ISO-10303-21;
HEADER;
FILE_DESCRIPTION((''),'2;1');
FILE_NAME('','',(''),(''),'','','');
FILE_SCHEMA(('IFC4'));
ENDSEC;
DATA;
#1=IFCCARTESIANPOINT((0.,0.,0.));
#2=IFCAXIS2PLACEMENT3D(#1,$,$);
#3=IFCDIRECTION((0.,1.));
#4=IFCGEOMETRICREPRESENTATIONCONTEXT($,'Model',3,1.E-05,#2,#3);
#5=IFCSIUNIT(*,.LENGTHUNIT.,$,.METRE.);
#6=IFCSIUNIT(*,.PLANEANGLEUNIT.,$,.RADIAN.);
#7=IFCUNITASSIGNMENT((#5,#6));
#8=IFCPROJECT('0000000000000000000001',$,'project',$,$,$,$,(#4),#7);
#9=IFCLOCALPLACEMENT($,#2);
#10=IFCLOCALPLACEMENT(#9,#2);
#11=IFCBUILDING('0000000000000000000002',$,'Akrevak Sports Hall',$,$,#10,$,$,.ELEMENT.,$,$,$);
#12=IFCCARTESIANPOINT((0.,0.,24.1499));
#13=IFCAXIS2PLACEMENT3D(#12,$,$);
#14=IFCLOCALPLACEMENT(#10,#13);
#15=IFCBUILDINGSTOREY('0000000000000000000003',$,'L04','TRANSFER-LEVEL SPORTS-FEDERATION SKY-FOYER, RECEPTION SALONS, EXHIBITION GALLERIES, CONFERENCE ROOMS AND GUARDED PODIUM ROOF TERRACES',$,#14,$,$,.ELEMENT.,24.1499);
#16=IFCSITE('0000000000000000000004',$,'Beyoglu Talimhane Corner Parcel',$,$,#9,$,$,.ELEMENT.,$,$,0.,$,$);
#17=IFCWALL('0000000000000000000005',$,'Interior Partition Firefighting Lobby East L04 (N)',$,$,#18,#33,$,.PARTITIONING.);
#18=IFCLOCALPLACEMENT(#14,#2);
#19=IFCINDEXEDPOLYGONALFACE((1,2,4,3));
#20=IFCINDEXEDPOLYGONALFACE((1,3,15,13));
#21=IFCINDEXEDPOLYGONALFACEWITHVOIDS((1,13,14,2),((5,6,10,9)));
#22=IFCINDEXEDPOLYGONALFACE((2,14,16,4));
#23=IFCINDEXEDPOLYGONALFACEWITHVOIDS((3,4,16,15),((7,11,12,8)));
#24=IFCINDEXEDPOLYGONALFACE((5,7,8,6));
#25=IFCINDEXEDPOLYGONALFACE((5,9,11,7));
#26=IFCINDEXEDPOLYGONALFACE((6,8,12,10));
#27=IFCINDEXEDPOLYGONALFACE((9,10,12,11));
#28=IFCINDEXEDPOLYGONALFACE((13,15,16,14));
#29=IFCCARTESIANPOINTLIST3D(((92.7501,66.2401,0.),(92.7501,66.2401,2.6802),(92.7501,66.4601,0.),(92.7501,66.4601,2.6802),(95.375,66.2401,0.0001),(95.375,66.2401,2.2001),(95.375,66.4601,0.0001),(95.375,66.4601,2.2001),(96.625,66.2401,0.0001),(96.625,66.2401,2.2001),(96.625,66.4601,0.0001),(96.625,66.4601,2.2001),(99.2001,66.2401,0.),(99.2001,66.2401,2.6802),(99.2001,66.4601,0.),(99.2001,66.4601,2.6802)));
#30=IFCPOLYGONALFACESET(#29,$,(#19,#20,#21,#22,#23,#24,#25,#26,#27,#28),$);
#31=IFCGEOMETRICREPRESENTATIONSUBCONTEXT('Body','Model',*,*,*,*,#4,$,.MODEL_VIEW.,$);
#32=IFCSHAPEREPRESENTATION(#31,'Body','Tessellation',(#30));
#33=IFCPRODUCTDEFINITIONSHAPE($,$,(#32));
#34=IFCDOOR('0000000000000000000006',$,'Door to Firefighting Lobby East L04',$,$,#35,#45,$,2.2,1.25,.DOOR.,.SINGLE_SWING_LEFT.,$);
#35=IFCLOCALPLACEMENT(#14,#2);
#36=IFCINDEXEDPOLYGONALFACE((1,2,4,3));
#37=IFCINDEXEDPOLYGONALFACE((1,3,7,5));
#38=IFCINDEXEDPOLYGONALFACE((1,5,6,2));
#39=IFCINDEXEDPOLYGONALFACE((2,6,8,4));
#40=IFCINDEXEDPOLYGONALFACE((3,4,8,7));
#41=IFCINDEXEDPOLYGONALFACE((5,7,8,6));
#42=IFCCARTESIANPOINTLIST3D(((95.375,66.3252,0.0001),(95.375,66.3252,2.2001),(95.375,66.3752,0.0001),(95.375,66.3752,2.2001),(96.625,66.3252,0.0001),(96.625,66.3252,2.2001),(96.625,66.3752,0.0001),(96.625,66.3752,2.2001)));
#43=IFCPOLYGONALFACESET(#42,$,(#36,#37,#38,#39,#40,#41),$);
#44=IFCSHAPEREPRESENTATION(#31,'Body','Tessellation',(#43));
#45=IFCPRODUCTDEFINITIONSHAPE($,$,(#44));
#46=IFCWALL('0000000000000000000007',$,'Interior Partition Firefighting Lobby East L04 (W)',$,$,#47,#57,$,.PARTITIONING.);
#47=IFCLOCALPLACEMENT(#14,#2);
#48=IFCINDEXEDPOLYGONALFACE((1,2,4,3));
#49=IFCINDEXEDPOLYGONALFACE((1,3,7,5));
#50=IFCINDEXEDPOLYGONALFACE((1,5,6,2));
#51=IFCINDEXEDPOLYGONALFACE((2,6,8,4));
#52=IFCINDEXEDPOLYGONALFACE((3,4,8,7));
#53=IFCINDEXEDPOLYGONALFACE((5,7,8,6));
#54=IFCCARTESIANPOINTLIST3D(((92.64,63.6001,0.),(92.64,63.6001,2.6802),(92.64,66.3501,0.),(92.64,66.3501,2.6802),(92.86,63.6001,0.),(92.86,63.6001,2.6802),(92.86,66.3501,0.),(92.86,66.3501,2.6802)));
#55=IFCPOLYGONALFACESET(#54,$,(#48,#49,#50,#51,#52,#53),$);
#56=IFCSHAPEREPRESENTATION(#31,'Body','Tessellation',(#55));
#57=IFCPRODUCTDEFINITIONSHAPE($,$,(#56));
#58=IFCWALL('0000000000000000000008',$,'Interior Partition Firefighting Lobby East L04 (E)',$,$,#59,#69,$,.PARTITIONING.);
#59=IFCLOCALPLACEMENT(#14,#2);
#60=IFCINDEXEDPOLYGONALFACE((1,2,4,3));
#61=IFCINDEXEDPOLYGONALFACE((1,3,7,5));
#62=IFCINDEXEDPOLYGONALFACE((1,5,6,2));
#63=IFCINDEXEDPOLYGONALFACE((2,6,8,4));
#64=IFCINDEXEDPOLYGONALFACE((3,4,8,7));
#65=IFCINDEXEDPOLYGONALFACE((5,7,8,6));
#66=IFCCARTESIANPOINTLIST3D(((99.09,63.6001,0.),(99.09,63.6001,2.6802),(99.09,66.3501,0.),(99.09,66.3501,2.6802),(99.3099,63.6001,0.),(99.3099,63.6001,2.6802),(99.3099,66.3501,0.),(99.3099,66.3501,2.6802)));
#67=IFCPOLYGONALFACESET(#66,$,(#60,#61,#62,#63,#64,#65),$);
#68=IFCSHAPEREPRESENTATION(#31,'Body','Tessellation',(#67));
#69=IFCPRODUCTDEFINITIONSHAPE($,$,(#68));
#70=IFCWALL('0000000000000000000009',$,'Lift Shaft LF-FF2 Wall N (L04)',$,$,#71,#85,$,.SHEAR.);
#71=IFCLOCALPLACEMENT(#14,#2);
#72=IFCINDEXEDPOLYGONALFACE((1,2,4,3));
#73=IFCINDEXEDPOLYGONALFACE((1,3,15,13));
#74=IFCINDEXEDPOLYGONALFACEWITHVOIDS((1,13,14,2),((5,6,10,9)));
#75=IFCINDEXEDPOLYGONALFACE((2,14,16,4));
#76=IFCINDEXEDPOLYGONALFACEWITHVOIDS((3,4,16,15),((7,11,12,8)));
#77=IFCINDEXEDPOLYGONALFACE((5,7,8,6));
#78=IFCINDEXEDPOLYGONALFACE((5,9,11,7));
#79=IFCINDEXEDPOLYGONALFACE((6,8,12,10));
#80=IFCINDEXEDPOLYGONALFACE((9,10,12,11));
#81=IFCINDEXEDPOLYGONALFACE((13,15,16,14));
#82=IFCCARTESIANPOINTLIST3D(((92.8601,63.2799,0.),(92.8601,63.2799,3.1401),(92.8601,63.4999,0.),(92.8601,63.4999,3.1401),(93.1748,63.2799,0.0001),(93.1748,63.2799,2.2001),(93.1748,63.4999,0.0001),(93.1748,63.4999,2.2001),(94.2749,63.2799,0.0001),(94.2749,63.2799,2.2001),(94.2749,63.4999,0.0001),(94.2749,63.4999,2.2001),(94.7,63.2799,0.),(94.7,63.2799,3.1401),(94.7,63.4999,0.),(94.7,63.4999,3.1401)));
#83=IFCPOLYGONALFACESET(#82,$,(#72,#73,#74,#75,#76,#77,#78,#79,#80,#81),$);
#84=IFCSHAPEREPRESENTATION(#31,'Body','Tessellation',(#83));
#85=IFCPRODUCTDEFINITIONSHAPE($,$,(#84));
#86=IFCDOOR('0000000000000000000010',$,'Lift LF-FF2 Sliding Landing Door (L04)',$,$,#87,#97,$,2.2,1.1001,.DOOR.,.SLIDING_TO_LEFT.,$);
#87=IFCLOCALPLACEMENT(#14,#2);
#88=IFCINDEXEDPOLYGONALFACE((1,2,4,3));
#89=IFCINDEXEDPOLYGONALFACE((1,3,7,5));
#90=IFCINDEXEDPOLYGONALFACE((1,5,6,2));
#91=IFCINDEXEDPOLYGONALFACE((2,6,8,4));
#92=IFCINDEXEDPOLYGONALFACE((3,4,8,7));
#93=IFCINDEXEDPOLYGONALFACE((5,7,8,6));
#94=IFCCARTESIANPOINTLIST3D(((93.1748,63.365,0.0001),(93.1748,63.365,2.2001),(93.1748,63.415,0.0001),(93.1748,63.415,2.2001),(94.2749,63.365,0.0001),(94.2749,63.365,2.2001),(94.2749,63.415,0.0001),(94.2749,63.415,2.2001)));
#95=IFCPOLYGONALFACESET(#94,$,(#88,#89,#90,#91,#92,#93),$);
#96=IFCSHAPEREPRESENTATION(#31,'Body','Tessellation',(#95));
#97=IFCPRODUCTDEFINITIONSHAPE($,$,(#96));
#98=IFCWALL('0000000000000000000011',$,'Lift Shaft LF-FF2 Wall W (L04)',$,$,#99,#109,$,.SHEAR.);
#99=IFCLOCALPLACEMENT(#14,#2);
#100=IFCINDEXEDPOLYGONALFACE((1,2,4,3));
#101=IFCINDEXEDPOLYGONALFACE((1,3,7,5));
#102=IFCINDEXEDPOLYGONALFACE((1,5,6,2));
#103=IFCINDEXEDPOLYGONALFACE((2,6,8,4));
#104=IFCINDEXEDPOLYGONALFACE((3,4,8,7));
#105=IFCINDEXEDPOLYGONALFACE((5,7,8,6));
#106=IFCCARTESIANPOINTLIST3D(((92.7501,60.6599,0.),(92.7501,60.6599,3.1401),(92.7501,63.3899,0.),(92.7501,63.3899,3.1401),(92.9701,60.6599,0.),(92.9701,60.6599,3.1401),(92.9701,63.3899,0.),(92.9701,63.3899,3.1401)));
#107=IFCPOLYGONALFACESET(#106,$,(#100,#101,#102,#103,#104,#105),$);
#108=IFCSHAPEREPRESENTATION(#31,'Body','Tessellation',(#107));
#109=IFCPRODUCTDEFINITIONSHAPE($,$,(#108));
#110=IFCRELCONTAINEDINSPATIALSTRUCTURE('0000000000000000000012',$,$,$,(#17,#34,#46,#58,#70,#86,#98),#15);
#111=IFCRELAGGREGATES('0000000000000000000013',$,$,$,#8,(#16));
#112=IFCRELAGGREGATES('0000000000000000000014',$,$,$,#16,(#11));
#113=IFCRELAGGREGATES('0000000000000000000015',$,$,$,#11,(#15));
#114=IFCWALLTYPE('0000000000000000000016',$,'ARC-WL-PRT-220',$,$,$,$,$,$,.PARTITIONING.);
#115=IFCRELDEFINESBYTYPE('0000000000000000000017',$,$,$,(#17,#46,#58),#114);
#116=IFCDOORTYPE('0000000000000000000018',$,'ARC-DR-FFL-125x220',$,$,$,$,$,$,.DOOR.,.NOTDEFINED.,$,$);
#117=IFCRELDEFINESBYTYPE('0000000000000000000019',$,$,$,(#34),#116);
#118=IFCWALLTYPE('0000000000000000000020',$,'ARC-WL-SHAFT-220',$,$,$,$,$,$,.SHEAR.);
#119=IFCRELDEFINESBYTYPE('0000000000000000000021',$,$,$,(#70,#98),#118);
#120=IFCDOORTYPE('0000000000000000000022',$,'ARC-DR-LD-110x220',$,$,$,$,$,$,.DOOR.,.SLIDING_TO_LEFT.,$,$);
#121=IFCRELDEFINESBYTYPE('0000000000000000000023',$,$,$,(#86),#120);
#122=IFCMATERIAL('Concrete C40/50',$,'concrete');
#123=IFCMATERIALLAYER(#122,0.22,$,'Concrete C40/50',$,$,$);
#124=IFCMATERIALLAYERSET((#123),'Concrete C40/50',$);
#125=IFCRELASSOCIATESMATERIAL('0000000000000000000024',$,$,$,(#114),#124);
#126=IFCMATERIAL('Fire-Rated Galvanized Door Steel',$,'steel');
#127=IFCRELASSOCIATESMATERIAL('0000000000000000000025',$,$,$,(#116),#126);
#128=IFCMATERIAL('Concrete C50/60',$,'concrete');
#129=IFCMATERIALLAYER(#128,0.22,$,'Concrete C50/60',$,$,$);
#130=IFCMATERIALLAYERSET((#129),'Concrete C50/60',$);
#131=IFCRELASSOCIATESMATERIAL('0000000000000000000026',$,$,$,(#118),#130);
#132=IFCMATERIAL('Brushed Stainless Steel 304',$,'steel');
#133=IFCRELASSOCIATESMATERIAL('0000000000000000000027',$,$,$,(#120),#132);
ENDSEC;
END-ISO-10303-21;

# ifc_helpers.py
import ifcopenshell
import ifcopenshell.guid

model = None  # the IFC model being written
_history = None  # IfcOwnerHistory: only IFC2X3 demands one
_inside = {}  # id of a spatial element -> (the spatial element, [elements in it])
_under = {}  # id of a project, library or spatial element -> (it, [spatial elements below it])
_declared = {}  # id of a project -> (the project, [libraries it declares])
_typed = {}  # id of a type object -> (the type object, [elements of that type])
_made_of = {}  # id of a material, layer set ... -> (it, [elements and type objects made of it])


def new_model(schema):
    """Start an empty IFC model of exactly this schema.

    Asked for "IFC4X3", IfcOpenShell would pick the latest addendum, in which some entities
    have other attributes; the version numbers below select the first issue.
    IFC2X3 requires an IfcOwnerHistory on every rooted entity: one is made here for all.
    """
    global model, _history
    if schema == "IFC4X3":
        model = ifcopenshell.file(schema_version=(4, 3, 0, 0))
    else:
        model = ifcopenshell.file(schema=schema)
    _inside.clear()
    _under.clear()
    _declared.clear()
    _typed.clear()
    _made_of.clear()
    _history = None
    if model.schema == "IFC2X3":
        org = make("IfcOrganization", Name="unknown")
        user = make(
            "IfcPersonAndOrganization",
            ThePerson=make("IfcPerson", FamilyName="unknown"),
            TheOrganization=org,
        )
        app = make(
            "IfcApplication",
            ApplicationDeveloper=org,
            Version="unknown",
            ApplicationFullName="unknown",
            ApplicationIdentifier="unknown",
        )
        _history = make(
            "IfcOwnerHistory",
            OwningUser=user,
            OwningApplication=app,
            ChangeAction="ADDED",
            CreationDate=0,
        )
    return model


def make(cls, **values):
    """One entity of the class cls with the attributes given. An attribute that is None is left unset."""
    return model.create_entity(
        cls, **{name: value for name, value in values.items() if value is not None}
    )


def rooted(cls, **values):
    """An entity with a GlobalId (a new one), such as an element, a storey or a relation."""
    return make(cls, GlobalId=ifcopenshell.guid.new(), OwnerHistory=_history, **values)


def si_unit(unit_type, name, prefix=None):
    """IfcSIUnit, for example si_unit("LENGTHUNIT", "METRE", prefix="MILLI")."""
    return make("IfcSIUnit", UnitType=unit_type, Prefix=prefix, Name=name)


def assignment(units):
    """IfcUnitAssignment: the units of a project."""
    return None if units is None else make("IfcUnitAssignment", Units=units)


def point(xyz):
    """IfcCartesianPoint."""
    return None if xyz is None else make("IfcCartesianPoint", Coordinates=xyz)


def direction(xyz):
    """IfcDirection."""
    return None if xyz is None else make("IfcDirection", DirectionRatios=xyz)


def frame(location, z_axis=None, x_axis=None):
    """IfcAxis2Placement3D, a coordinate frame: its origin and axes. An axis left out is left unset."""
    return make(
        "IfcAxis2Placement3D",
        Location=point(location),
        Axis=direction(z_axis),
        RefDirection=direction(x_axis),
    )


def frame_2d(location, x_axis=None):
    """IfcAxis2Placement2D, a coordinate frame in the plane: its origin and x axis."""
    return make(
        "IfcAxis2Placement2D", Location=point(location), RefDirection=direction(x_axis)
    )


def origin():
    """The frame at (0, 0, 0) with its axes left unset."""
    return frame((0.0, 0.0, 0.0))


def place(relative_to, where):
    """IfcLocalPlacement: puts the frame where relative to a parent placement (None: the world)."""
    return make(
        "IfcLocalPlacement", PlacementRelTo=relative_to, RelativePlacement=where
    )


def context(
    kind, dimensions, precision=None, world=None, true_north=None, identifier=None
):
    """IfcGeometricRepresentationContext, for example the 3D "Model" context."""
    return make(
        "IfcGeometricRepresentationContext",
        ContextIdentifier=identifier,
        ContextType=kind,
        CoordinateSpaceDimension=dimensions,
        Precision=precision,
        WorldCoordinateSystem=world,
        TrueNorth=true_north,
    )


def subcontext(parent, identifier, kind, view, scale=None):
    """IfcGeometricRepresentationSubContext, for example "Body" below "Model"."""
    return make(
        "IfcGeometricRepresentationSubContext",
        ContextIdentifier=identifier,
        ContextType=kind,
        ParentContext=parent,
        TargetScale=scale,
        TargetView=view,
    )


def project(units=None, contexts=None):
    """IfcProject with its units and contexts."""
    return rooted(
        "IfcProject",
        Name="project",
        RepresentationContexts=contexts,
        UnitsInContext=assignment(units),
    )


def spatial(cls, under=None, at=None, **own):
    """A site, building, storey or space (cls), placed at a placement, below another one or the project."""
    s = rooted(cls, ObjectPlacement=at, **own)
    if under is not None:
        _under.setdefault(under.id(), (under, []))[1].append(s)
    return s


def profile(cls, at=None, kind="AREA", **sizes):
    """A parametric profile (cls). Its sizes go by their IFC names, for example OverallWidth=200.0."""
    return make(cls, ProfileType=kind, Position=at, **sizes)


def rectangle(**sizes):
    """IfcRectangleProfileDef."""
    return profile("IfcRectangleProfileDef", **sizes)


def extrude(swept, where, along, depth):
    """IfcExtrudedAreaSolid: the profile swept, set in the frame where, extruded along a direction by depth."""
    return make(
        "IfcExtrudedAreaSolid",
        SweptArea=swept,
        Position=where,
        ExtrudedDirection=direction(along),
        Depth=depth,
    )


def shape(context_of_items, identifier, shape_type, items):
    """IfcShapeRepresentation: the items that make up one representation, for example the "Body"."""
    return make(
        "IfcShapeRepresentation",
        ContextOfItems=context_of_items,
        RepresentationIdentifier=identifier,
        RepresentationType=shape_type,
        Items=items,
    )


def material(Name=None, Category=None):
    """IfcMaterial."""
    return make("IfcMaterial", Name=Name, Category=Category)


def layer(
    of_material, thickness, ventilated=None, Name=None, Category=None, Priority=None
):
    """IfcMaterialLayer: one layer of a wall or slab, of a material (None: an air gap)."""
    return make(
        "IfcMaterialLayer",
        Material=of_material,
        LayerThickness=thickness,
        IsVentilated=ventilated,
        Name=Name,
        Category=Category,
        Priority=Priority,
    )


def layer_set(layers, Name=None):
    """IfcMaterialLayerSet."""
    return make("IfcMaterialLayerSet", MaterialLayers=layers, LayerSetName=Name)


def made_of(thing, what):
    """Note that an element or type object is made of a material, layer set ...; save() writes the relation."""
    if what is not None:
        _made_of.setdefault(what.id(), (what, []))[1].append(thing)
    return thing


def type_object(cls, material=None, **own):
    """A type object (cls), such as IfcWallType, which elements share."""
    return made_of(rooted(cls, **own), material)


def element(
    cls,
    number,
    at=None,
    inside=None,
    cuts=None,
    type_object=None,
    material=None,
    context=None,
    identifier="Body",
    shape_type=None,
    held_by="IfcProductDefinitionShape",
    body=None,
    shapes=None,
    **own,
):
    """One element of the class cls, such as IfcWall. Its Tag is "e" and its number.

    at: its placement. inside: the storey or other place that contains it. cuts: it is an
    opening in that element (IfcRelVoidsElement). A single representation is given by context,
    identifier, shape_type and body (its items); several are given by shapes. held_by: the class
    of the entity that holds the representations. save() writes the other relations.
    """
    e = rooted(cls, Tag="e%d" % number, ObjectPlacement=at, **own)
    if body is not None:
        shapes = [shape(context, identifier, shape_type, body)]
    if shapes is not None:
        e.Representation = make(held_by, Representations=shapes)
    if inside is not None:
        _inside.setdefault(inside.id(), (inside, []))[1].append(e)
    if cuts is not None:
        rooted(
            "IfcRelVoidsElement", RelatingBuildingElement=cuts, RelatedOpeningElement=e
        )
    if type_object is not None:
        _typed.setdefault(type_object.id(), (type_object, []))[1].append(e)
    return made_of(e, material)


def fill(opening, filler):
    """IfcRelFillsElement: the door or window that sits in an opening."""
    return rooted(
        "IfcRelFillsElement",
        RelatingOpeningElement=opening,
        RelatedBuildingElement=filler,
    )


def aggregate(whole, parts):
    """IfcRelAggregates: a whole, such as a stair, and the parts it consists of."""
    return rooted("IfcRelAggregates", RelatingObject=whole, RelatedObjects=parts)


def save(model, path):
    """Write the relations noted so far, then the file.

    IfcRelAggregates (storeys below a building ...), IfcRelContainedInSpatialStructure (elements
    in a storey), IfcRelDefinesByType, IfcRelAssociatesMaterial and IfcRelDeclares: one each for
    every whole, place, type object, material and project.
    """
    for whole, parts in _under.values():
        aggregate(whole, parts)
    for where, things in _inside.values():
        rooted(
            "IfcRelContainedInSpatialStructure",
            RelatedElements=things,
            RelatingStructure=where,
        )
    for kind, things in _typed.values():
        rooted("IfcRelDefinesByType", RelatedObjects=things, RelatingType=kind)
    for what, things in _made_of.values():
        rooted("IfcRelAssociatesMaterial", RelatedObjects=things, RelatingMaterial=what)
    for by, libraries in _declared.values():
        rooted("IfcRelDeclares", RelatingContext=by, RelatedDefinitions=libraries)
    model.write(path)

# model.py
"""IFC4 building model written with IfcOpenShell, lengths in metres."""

from ifc_helpers import new_model, si_unit, direction, frame, frame_2d, origin, place, context, subcontext, project, spatial, rectangle, extrude, material, layer, layer_set, type_object, element, fill, save


model = new_model("IFC4")

# Units and contexts
model_context = context("Model", 3, precision=1e-05, world=origin(), true_north=direction((0.0, 1.0)))
body_context = subcontext(model_context, "Body", "Model", "MODEL_VIEW")
ifc_project = project(units=[si_unit("LENGTHUNIT", "METRE"), si_unit("PLANEANGLEUNIT", "RADIAN")], contexts=[model_context])

# Site, building, storey
site_placement = place(None, origin())
site = spatial("IfcSite", under=ifc_project, at=site_placement, Name="Beyoglu Talimhane Corner Parcel", CompositionType="ELEMENT", RefElevation=0.0)
building_placement = place(site_placement, origin())
building = spatial("IfcBuilding", under=site, at=building_placement, Name="Akrevak Sports Hall", CompositionType="ELEMENT")
storey_placement = place(building_placement, frame((0.0, 0.0, 24.1499)))
storey = spatial("IfcBuildingStorey", under=building, at=storey_placement, Name="L04", Description="TRANSFER-LEVEL SPORTS-FEDERATION SKY-FOYER, RECEPTION SALONS, EXHIBITION GALLERIES, CONFERENCE ROOMS AND GUARDED PODIUM ROOF TERRACES", CompositionType="ELEMENT", Elevation=24.1499)

# Shared definitions
ifc_material_1 = material(Name="Concrete C50/60", Category="concrete")
ifc_material_2 = material(Name="Concrete C40/50", Category="concrete")

# Shared definitions
ifc_material_3 = material(Name="Fire-Rated Galvanized Door Steel", Category="steel")

# Wall, opening, door
ifc_layer_1 = layer(ifc_material_2, 0.22, Name="Concrete C40/50")
ifc_layer_set_1 = layer_set([ifc_layer_1], Name="Concrete C40/50")
wall_type_1 = type_object("IfcWallType", Name="ARC-WL-PRT-220", PredefinedType="PARTITIONING", material=ifc_layer_set_1)
wall_1_placement = place(storey_placement, frame((92.75, 66.3501, 0.0), z_axis=(0.0, 0.0, 1.0), x_axis=(1.0, 0.0, 0.0)))
wall_1 = element("IfcWall", 1, at=wall_1_placement, inside=storey, type_object=wall_type_1, Name="Interior Partition Firefighting Lobby East L04 (N)", PredefinedType="PARTITIONING", context=body_context, shape_type="SweptSolid", body=[
    extrude(rectangle(XDim=6.45, YDim=0.22, at=frame_2d((3.2251, 0.0))), origin(), (0.0, 0.0, 1.0), 2.6802),
])
opening_1_placement = place(wall_1_placement, frame((2.625, 0.0, 0.0)))
opening_1 = element("IfcOpeningElement", 2, at=opening_1_placement, cuts=wall_1, PredefinedType="OPENING", context=body_context, shape_type="SweptSolid", body=[
    extrude(rectangle(XDim=1.25, YDim=2.2, at=frame_2d((0.625, 1.1001))), frame((0.0, 0.1221, 0.0), z_axis=(0.0, -1.0, 0.0), x_axis=(1.0, 0.0, 0.0)), (0.0, 0.0, 1.0), 0.2439),
])
door_type_1 = type_object("IfcDoorType", Name="ARC-DR-FFL-125x220", OperationType="NOTDEFINED", PredefinedType="DOOR", material=ifc_material_3)
door_1_placement = place(opening_1_placement, frame((1.25, 0.0, 0.0), z_axis=(0.0, 0.0, 1.0), x_axis=(-1.0, 0.0, 0.0)))
door_1 = element("IfcDoor", 3, at=door_1_placement, inside=storey, type_object=door_type_1, Name="Door to Firefighting Lobby East L04", OperationType="SINGLE_SWING_LEFT", OverallHeight=2.2, OverallWidth=1.25, PredefinedType="DOOR", context=body_context, shape_type="SweptSolid", body=[
    extrude(rectangle(XDim=1.25, YDim=2.2, at=frame_2d((0.625, 1.1001))), frame((0.0, 0.0249, 0.0), z_axis=(0.0, -1.0, 0.0), x_axis=(1.0, 0.0, 0.0)), (0.0, 0.0, 1.0), 0.05),
])
fill(opening_1, door_1)

# Walls
for number, where, z_axis, x_axis, name in (
    (4, (92.75, 63.6001, 0.0), (0.0, 0.0, 1.0), (0.0, 1.0, 0.0), "Interior Partition Firefighting Lobby East L04 (W)"),
    (5, (99.2, 63.6001, 0.0), (0.0, 0.0, 1.0), (0.0, 1.0, 0.0), "Interior Partition Firefighting Lobby East L04 (E)"),
):
    element("IfcWall", number, at=place(storey_placement, frame(where, z_axis=z_axis, x_axis=x_axis)), inside=storey, type_object=wall_type_1, Name=name, PredefinedType="PARTITIONING", context=body_context, shape_type="SweptSolid", body=[
        extrude(rectangle(XDim=2.75, YDim=0.22, at=frame_2d((1.375, 0.0))), origin(), (0.0, 0.0, 1.0), 2.6802),
    ])

# Wall, opening, door
ifc_layer_2 = layer(ifc_material_1, 0.22, Name="Concrete C50/60")
ifc_layer_set_2 = layer_set([ifc_layer_2], Name="Concrete C50/60")
wall_type_2 = type_object("IfcWallType", Name="ARC-WL-SHAFT-220", PredefinedType="SHEAR", material=ifc_layer_set_2)
wall_2_placement = place(storey_placement, frame((94.7, 63.3899, 0.0), z_axis=(0.0, 0.0, 1.0), x_axis=(-1.0, 0.0, 0.0)))
wall_2 = element("IfcWall", 6, at=wall_2_placement, inside=storey, type_object=wall_type_2, Name="Lift Shaft LF-FF2 Wall N (L04)", PredefinedType="SHEAR", context=body_context, shape_type="SweptSolid", body=[
    extrude(rectangle(XDim=1.8398, YDim=0.22, at=frame_2d((0.9199, 0.0))), origin(), (0.0, 0.0, 1.0), 3.1401),
])
opening_2_placement = place(wall_2_placement, frame((0.425, 0.0, 0.0)))
opening_2 = element("IfcOpeningElement", 7, at=opening_2_placement, cuts=wall_2, PredefinedType="OPENING", context=body_context, shape_type="SweptSolid", body=[
    extrude(rectangle(XDim=1.1001, YDim=2.2, at=frame_2d((0.55, 1.1001))), frame((0.0, 0.1221, 0.0), z_axis=(0.0, -1.0, 0.0), x_axis=(1.0, 0.0, 0.0)), (0.0, 0.0, 1.0), 0.2439),
])
ifc_material_4 = material(Name="Brushed Stainless Steel 304", Category="steel")
door_type_2 = type_object("IfcDoorType", Name="ARC-DR-LD-110x220", OperationType="SLIDING_TO_LEFT", PredefinedType="DOOR", material=ifc_material_4)
door_2_placement = place(opening_2_placement, origin())
door_2 = element("IfcDoor", 8, at=door_2_placement, inside=storey, type_object=door_type_2, Name="Lift LF-FF2 Sliding Landing Door (L04)", OperationType="SLIDING_TO_LEFT", OverallHeight=2.2, OverallWidth=1.1001, PredefinedType="DOOR", context=body_context, shape_type="SweptSolid", body=[
    extrude(rectangle(XDim=1.1001, YDim=2.2, at=frame_2d((0.55, 1.1001))), frame((0.0, 0.0249, 0.0), z_axis=(0.0, -1.0, 0.0), x_axis=(1.0, 0.0, 0.0)), (0.0, 0.0, 1.0), 0.05),
])
fill(opening_2, door_2)

# Wall
wall_3_placement = place(storey_placement, frame((92.8601, 63.3899, 0.0), z_axis=(0.0, 0.0, 1.0), x_axis=(0.0, -1.0, 0.0)))
element("IfcWall", 9, at=wall_3_placement, inside=storey, type_object=wall_type_2, Name="Lift Shaft LF-FF2 Wall W (L04)", PredefinedType="SHEAR", context=body_context, shape_type="SweptSolid", body=[
    extrude(rectangle(XDim=2.73, YDim=0.22, at=frame_2d((1.365, 0.0))), origin(), (0.0, 0.0, 1.0), 3.1401),
])

save(model, "model.ifc")
